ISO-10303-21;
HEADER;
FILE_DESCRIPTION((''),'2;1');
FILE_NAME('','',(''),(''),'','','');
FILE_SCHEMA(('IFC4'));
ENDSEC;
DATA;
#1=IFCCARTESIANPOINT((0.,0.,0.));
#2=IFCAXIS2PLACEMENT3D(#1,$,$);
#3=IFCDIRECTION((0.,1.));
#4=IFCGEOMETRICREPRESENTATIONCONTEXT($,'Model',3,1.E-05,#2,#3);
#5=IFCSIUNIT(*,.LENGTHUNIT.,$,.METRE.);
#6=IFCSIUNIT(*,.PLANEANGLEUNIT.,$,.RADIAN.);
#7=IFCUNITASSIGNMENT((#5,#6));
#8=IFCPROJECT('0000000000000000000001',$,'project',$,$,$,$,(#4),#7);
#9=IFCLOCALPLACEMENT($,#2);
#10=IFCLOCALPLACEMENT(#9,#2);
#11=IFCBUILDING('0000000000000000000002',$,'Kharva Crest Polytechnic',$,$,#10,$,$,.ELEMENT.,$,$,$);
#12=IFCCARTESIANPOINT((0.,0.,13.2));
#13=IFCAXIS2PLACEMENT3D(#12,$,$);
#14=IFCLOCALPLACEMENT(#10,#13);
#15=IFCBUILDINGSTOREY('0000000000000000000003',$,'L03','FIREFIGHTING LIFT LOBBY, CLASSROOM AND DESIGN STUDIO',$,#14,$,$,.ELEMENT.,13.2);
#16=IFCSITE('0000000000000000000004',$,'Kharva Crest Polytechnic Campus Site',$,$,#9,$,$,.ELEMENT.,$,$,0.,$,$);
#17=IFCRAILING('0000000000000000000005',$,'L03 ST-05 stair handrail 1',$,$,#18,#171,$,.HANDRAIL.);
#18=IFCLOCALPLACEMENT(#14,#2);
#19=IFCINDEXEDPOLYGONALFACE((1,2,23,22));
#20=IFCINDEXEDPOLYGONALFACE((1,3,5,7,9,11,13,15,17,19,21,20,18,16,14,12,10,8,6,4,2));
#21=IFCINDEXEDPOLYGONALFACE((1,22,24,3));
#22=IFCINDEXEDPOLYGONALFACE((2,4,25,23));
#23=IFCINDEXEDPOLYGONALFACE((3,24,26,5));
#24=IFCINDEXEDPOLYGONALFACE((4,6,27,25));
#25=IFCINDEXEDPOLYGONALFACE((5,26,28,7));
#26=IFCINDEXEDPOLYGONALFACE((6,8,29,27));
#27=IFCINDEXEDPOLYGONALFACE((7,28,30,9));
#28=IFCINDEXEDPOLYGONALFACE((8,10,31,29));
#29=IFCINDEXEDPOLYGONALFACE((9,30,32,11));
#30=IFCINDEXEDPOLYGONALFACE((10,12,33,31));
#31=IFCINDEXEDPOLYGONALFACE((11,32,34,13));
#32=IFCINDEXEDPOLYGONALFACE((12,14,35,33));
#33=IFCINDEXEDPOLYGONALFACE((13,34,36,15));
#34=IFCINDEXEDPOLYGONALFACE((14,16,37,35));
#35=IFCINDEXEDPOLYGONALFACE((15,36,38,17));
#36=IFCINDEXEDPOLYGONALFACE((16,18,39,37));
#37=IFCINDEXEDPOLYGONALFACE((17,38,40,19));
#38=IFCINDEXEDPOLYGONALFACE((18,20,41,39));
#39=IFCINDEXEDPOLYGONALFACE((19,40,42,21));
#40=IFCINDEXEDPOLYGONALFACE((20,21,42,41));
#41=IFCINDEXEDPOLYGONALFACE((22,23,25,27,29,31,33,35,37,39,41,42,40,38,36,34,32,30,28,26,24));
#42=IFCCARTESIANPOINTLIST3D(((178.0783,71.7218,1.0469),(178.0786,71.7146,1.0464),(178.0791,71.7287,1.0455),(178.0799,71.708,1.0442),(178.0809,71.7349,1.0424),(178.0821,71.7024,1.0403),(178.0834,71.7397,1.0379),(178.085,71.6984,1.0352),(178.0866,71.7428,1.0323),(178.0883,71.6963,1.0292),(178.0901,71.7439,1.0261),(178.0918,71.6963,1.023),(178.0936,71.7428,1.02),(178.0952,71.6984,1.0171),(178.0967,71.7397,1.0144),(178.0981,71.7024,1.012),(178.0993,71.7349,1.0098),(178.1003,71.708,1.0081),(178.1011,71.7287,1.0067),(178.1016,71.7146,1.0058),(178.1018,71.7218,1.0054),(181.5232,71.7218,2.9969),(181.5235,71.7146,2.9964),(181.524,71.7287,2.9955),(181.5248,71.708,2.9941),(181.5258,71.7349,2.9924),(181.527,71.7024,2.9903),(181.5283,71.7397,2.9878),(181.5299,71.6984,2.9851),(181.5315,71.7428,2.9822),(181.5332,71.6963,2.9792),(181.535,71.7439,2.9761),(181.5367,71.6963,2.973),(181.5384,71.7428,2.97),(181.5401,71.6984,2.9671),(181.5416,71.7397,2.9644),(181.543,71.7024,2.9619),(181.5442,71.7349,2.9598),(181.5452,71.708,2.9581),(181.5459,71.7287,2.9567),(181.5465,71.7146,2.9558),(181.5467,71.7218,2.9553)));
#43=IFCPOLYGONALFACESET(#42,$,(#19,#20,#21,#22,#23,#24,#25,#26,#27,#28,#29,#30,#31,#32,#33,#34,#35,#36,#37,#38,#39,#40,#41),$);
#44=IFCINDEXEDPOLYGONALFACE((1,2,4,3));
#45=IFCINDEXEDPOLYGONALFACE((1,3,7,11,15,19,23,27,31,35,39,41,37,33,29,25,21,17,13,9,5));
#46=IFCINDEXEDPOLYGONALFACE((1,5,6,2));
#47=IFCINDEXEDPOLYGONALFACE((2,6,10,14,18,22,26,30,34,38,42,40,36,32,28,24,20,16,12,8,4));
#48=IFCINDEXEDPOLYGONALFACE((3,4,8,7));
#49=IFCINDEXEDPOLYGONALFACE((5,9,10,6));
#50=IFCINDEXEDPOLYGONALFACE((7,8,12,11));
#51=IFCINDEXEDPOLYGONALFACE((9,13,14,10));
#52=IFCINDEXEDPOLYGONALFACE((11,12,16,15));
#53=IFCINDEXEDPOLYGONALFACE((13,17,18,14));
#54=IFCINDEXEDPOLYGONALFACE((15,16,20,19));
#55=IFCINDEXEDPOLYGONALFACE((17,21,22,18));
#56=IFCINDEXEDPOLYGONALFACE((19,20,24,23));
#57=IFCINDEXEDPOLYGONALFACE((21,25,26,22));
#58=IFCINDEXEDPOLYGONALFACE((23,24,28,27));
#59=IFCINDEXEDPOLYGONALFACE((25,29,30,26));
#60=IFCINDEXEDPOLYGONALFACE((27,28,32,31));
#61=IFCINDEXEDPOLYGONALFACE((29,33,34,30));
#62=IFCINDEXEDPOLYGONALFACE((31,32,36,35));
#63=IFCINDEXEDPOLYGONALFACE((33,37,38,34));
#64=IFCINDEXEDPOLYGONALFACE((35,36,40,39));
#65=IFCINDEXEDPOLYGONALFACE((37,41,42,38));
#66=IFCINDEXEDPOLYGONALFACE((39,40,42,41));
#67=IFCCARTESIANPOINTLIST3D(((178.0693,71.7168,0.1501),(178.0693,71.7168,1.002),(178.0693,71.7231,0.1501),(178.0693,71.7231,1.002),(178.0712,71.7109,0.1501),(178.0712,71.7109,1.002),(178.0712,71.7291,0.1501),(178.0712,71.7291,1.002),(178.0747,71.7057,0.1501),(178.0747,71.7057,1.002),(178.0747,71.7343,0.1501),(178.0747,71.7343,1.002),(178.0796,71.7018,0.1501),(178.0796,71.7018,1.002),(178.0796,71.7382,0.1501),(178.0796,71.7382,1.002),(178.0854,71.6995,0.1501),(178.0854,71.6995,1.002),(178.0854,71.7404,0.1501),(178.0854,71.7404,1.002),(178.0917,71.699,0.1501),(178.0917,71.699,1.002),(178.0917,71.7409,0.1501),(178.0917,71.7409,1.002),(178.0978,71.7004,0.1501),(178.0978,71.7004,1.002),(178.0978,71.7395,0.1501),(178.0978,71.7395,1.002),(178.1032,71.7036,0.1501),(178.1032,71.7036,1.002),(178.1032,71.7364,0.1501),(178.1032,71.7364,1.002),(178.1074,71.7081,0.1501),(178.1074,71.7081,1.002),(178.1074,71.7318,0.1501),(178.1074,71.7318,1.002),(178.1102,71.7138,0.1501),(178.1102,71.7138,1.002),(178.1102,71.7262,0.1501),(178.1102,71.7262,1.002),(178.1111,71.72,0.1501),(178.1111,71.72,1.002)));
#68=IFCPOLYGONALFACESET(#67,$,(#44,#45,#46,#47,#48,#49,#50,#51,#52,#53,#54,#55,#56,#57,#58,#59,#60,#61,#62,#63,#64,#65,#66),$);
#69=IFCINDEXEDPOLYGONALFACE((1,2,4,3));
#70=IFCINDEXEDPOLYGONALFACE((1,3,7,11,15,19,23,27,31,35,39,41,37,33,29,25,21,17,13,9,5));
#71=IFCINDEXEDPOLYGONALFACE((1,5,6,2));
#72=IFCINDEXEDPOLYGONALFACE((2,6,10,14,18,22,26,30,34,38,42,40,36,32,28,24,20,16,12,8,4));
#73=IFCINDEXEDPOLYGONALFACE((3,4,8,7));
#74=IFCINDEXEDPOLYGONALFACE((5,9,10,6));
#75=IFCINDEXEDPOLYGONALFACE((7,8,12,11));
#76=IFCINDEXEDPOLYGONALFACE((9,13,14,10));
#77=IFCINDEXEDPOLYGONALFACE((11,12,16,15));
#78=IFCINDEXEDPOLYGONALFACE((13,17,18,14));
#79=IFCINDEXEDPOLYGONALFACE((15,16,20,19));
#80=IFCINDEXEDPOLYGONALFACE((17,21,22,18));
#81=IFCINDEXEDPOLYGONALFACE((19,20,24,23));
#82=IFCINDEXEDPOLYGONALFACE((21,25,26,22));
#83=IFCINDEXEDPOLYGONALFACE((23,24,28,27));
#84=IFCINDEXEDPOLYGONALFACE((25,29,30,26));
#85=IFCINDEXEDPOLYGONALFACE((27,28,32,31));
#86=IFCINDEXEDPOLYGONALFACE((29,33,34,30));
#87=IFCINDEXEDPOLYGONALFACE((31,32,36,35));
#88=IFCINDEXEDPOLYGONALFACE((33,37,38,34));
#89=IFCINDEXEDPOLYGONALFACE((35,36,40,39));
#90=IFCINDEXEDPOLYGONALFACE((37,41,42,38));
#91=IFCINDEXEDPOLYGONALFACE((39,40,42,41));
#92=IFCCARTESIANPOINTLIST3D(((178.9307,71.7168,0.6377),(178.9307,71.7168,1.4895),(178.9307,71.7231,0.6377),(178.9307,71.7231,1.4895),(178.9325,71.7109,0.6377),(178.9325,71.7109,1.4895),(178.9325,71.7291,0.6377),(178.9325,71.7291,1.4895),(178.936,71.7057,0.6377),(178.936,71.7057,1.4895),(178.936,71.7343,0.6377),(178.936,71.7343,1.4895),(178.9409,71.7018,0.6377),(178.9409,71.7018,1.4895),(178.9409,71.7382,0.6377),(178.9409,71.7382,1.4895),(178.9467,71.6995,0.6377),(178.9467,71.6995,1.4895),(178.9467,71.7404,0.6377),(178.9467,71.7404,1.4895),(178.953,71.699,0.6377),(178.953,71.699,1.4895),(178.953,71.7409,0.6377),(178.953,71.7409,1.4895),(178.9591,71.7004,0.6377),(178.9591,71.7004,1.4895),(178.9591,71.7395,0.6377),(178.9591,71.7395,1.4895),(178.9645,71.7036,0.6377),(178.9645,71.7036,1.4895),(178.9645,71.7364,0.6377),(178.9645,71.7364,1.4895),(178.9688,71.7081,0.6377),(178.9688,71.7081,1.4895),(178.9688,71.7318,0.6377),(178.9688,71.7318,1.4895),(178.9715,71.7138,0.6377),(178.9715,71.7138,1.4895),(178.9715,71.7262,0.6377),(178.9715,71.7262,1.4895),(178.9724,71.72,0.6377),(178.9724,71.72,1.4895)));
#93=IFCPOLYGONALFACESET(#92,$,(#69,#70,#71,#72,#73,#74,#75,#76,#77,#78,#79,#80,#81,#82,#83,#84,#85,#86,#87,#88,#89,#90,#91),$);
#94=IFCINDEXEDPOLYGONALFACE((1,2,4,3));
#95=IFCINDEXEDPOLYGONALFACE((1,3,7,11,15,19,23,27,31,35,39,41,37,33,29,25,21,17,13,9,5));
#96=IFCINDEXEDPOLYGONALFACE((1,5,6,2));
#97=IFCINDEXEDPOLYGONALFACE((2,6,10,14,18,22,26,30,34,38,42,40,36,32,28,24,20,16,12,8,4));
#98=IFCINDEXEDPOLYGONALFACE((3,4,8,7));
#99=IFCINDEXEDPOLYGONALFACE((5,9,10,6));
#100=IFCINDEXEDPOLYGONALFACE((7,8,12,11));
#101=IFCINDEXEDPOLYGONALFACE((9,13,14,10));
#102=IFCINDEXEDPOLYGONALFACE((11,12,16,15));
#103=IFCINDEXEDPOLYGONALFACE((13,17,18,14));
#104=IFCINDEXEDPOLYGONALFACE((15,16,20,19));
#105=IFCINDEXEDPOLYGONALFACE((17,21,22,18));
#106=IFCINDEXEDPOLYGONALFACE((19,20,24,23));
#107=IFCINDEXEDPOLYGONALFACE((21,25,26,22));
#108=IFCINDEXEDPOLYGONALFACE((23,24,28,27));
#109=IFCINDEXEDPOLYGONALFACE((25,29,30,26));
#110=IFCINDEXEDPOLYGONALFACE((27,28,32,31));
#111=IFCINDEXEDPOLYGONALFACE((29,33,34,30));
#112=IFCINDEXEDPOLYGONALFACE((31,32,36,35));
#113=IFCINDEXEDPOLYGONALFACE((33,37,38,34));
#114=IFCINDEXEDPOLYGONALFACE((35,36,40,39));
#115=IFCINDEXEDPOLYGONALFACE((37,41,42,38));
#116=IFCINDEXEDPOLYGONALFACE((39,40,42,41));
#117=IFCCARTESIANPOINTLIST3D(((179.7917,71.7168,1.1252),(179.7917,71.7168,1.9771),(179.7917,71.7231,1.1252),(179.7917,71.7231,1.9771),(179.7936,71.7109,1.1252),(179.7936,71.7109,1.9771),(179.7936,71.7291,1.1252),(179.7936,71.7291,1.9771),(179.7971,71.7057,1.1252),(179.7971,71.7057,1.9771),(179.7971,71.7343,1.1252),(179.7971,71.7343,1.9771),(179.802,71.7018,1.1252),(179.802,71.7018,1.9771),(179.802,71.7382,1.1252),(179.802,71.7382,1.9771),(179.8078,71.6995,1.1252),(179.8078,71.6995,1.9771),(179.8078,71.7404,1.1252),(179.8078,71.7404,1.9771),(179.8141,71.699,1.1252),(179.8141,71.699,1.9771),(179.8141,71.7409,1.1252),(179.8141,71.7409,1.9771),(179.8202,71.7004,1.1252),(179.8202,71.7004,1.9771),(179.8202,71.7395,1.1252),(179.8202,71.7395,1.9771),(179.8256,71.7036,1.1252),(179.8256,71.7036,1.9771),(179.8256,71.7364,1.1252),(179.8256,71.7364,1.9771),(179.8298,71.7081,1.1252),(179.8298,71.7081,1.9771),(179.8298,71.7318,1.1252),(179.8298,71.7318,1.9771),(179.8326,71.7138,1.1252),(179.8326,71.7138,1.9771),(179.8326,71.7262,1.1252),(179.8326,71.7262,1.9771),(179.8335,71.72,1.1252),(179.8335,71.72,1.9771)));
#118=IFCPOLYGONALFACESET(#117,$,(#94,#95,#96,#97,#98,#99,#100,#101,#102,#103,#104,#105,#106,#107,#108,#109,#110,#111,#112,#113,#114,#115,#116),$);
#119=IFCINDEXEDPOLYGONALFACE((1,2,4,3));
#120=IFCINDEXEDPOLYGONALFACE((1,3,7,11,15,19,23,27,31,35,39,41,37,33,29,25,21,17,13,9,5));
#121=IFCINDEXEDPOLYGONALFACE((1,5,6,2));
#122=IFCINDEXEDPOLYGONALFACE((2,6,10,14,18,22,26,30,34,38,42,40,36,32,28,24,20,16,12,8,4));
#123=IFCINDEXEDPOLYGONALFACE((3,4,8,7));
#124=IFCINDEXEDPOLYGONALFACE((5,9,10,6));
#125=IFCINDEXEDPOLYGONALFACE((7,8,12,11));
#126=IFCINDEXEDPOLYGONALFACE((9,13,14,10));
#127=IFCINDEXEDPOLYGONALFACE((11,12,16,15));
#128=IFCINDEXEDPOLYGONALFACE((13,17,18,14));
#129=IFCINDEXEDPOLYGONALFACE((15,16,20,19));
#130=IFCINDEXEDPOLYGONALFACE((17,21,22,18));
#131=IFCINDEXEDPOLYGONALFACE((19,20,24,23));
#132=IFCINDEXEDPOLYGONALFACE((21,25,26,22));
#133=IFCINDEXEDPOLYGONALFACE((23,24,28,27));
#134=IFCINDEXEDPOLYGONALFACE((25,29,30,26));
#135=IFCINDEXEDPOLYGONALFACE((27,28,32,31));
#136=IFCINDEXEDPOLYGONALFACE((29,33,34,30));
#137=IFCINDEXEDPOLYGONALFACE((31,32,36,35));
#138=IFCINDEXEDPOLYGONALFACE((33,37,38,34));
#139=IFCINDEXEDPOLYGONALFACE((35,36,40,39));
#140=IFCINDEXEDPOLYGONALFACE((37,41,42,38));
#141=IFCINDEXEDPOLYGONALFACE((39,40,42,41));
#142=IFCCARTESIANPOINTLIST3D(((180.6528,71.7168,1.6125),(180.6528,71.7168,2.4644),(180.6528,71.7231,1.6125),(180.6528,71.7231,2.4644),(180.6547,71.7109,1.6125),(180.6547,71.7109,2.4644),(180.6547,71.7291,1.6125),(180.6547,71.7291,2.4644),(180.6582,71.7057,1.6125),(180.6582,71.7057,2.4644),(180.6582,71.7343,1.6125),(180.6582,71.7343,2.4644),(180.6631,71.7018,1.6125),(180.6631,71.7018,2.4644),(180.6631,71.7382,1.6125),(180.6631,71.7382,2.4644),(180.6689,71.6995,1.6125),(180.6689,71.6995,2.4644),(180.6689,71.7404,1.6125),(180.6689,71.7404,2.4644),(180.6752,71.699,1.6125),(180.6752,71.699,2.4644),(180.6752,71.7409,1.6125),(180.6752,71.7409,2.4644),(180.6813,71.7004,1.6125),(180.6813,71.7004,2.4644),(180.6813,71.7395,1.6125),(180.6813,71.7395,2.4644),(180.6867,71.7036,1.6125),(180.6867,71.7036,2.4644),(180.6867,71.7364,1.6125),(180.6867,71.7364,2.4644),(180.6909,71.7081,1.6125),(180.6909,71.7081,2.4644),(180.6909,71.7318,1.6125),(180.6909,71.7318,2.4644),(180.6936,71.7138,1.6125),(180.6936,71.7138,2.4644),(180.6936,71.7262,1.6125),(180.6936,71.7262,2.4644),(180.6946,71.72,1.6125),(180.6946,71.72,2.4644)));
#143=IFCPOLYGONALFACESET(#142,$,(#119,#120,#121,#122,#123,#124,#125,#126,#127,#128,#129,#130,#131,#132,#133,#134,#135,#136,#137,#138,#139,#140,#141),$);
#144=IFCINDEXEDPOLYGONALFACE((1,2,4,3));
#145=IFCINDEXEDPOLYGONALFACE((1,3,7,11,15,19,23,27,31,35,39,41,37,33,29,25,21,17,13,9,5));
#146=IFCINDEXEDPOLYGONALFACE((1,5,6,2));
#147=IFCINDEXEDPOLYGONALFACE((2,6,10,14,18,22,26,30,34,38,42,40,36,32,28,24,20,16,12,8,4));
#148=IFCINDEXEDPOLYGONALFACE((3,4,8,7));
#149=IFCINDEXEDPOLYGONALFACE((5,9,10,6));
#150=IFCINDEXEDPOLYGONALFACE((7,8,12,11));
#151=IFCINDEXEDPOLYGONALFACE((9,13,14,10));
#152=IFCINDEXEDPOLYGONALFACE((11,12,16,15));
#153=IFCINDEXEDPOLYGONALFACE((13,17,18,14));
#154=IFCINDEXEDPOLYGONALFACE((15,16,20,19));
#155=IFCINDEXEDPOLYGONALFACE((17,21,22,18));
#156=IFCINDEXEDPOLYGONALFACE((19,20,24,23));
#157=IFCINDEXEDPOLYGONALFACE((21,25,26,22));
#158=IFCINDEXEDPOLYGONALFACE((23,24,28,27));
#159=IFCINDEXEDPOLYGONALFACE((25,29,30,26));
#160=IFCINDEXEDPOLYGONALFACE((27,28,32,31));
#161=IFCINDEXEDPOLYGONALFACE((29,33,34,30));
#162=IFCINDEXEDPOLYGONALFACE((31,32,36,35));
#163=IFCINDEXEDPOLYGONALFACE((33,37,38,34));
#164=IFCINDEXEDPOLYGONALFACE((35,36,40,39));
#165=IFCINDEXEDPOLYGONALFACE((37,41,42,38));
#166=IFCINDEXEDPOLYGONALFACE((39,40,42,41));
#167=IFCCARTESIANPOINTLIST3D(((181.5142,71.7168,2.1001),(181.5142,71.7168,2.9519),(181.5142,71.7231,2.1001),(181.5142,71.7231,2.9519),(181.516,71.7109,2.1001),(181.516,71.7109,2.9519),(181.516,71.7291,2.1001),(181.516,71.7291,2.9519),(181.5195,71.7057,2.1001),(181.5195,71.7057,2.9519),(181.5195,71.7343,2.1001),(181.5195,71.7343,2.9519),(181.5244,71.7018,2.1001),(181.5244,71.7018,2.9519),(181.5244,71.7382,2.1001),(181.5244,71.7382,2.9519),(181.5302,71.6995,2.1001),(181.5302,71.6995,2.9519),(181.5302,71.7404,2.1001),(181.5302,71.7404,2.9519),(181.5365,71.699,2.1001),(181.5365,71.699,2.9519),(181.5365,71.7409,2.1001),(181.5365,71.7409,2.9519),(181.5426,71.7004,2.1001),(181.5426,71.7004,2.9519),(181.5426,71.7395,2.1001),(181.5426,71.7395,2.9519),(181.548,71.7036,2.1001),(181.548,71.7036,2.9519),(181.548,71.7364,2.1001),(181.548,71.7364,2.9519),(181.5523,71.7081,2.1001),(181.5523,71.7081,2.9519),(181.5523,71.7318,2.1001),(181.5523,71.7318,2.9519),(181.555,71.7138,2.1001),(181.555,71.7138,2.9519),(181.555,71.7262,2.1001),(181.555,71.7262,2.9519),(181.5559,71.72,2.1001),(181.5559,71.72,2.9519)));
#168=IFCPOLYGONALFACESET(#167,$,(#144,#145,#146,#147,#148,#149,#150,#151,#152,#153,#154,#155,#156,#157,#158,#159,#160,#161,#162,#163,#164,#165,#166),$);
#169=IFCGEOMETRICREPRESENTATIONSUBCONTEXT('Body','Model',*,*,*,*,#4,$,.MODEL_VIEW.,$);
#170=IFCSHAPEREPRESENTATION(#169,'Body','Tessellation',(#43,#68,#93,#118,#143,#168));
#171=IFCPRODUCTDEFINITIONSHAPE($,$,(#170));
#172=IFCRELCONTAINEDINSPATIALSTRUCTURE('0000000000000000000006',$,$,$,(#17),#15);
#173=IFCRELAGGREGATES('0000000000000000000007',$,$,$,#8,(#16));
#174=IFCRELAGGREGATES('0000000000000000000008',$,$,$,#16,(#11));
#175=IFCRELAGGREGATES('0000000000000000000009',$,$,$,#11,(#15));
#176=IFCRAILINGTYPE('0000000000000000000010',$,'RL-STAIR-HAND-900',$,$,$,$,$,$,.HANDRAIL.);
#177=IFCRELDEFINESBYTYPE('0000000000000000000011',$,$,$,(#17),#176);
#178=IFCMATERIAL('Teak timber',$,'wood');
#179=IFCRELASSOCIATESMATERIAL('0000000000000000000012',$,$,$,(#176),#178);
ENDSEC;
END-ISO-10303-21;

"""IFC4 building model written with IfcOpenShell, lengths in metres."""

from ifc_helpers import new_model, si_unit, direction, frame, origin, origin_2d, place, context, subcontext, project, spatial, circle, extrude, material, type_object, element, save


model = new_model("IFC4")

# Units and contexts
model_context = context("Model", 3, precision=1e-05, world=origin(), true_north=direction((0.0, 1.0)))
body_context = subcontext(model_context, "Body", "Model", "MODEL_VIEW")
ifc_project = project(units=[si_unit("LENGTHUNIT", "METRE"), si_unit("PLANEANGLEUNIT", "RADIAN")], contexts=[model_context])

# Site, building, storey
site_placement = place(None, origin())
site = spatial("IfcSite", under=ifc_project, at=site_placement, Name="Kharva Crest Polytechnic Campus Site", CompositionType="ELEMENT", RefElevation=0.0)
building_placement = place(site_placement, origin())
building = spatial("IfcBuilding", under=site, at=building_placement, Name="Kharva Crest Polytechnic", CompositionType="ELEMENT")
storey_placement = place(building_placement, frame((0.0, 0.0, 13.2)))
storey = spatial("IfcBuildingStorey", under=building, at=storey_placement, Name="L03", Description="FIREFIGHTING LIFT LOBBY, CLASSROOM AND DESIGN STUDIO", CompositionType="ELEMENT", Elevation=13.2)

# Shared definitions
ifc_material_1 = material(Name="Teak timber", Category="wood")

# Railing
railing_type_1 = type_object("IfcRailingType", Name="RL-STAIR-HAND-900", PredefinedType="HANDRAIL", material=ifc_material_1)
railing_1_placement = place(storey_placement, frame((178.0901, 71.72, 0.1501)))
element("IfcRailing", 1, at=railing_1_placement, inside=storey, type_object=railing_type_1, Name="L03 ST-05 stair handrail 1", PredefinedType="HANDRAIL", context=body_context, shape_type="SweptSolid", body=[
    extrude(circle(Radius=0.0239, at=origin_2d()), frame((0.0, 0.0, 0.876), z_axis=(0.870251, 0.0, 0.492608), x_axis=(0.0, 1.0, 0.0)), (0.0, 0.0, 1.0), 3.9585),
    extrude(circle(Radius=0.021, at=origin_2d()), origin(), (0.0, 0.0, 1.0), 0.8518),
    extrude(circle(Radius=0.021, at=origin_2d()), frame((0.8613, 0.0, 0.4875)), (0.0, 0.0, 1.0), 0.8518),
    extrude(circle(Radius=0.021, at=origin_2d()), frame((1.7224, 0.0, 0.9751)), (0.0, 0.0, 1.0), 0.8518),
    extrude(circle(Radius=0.021, at=origin_2d()), frame((2.5835, 0.0, 1.4624)), (0.0, 0.0, 1.0), 0.8518),
    extrude(circle(Radius=0.021, at=origin_2d()), frame((3.4448, 0.0, 1.95)), (0.0, 0.0, 1.0), 0.8518),
])

save(model, "model.ifc")
